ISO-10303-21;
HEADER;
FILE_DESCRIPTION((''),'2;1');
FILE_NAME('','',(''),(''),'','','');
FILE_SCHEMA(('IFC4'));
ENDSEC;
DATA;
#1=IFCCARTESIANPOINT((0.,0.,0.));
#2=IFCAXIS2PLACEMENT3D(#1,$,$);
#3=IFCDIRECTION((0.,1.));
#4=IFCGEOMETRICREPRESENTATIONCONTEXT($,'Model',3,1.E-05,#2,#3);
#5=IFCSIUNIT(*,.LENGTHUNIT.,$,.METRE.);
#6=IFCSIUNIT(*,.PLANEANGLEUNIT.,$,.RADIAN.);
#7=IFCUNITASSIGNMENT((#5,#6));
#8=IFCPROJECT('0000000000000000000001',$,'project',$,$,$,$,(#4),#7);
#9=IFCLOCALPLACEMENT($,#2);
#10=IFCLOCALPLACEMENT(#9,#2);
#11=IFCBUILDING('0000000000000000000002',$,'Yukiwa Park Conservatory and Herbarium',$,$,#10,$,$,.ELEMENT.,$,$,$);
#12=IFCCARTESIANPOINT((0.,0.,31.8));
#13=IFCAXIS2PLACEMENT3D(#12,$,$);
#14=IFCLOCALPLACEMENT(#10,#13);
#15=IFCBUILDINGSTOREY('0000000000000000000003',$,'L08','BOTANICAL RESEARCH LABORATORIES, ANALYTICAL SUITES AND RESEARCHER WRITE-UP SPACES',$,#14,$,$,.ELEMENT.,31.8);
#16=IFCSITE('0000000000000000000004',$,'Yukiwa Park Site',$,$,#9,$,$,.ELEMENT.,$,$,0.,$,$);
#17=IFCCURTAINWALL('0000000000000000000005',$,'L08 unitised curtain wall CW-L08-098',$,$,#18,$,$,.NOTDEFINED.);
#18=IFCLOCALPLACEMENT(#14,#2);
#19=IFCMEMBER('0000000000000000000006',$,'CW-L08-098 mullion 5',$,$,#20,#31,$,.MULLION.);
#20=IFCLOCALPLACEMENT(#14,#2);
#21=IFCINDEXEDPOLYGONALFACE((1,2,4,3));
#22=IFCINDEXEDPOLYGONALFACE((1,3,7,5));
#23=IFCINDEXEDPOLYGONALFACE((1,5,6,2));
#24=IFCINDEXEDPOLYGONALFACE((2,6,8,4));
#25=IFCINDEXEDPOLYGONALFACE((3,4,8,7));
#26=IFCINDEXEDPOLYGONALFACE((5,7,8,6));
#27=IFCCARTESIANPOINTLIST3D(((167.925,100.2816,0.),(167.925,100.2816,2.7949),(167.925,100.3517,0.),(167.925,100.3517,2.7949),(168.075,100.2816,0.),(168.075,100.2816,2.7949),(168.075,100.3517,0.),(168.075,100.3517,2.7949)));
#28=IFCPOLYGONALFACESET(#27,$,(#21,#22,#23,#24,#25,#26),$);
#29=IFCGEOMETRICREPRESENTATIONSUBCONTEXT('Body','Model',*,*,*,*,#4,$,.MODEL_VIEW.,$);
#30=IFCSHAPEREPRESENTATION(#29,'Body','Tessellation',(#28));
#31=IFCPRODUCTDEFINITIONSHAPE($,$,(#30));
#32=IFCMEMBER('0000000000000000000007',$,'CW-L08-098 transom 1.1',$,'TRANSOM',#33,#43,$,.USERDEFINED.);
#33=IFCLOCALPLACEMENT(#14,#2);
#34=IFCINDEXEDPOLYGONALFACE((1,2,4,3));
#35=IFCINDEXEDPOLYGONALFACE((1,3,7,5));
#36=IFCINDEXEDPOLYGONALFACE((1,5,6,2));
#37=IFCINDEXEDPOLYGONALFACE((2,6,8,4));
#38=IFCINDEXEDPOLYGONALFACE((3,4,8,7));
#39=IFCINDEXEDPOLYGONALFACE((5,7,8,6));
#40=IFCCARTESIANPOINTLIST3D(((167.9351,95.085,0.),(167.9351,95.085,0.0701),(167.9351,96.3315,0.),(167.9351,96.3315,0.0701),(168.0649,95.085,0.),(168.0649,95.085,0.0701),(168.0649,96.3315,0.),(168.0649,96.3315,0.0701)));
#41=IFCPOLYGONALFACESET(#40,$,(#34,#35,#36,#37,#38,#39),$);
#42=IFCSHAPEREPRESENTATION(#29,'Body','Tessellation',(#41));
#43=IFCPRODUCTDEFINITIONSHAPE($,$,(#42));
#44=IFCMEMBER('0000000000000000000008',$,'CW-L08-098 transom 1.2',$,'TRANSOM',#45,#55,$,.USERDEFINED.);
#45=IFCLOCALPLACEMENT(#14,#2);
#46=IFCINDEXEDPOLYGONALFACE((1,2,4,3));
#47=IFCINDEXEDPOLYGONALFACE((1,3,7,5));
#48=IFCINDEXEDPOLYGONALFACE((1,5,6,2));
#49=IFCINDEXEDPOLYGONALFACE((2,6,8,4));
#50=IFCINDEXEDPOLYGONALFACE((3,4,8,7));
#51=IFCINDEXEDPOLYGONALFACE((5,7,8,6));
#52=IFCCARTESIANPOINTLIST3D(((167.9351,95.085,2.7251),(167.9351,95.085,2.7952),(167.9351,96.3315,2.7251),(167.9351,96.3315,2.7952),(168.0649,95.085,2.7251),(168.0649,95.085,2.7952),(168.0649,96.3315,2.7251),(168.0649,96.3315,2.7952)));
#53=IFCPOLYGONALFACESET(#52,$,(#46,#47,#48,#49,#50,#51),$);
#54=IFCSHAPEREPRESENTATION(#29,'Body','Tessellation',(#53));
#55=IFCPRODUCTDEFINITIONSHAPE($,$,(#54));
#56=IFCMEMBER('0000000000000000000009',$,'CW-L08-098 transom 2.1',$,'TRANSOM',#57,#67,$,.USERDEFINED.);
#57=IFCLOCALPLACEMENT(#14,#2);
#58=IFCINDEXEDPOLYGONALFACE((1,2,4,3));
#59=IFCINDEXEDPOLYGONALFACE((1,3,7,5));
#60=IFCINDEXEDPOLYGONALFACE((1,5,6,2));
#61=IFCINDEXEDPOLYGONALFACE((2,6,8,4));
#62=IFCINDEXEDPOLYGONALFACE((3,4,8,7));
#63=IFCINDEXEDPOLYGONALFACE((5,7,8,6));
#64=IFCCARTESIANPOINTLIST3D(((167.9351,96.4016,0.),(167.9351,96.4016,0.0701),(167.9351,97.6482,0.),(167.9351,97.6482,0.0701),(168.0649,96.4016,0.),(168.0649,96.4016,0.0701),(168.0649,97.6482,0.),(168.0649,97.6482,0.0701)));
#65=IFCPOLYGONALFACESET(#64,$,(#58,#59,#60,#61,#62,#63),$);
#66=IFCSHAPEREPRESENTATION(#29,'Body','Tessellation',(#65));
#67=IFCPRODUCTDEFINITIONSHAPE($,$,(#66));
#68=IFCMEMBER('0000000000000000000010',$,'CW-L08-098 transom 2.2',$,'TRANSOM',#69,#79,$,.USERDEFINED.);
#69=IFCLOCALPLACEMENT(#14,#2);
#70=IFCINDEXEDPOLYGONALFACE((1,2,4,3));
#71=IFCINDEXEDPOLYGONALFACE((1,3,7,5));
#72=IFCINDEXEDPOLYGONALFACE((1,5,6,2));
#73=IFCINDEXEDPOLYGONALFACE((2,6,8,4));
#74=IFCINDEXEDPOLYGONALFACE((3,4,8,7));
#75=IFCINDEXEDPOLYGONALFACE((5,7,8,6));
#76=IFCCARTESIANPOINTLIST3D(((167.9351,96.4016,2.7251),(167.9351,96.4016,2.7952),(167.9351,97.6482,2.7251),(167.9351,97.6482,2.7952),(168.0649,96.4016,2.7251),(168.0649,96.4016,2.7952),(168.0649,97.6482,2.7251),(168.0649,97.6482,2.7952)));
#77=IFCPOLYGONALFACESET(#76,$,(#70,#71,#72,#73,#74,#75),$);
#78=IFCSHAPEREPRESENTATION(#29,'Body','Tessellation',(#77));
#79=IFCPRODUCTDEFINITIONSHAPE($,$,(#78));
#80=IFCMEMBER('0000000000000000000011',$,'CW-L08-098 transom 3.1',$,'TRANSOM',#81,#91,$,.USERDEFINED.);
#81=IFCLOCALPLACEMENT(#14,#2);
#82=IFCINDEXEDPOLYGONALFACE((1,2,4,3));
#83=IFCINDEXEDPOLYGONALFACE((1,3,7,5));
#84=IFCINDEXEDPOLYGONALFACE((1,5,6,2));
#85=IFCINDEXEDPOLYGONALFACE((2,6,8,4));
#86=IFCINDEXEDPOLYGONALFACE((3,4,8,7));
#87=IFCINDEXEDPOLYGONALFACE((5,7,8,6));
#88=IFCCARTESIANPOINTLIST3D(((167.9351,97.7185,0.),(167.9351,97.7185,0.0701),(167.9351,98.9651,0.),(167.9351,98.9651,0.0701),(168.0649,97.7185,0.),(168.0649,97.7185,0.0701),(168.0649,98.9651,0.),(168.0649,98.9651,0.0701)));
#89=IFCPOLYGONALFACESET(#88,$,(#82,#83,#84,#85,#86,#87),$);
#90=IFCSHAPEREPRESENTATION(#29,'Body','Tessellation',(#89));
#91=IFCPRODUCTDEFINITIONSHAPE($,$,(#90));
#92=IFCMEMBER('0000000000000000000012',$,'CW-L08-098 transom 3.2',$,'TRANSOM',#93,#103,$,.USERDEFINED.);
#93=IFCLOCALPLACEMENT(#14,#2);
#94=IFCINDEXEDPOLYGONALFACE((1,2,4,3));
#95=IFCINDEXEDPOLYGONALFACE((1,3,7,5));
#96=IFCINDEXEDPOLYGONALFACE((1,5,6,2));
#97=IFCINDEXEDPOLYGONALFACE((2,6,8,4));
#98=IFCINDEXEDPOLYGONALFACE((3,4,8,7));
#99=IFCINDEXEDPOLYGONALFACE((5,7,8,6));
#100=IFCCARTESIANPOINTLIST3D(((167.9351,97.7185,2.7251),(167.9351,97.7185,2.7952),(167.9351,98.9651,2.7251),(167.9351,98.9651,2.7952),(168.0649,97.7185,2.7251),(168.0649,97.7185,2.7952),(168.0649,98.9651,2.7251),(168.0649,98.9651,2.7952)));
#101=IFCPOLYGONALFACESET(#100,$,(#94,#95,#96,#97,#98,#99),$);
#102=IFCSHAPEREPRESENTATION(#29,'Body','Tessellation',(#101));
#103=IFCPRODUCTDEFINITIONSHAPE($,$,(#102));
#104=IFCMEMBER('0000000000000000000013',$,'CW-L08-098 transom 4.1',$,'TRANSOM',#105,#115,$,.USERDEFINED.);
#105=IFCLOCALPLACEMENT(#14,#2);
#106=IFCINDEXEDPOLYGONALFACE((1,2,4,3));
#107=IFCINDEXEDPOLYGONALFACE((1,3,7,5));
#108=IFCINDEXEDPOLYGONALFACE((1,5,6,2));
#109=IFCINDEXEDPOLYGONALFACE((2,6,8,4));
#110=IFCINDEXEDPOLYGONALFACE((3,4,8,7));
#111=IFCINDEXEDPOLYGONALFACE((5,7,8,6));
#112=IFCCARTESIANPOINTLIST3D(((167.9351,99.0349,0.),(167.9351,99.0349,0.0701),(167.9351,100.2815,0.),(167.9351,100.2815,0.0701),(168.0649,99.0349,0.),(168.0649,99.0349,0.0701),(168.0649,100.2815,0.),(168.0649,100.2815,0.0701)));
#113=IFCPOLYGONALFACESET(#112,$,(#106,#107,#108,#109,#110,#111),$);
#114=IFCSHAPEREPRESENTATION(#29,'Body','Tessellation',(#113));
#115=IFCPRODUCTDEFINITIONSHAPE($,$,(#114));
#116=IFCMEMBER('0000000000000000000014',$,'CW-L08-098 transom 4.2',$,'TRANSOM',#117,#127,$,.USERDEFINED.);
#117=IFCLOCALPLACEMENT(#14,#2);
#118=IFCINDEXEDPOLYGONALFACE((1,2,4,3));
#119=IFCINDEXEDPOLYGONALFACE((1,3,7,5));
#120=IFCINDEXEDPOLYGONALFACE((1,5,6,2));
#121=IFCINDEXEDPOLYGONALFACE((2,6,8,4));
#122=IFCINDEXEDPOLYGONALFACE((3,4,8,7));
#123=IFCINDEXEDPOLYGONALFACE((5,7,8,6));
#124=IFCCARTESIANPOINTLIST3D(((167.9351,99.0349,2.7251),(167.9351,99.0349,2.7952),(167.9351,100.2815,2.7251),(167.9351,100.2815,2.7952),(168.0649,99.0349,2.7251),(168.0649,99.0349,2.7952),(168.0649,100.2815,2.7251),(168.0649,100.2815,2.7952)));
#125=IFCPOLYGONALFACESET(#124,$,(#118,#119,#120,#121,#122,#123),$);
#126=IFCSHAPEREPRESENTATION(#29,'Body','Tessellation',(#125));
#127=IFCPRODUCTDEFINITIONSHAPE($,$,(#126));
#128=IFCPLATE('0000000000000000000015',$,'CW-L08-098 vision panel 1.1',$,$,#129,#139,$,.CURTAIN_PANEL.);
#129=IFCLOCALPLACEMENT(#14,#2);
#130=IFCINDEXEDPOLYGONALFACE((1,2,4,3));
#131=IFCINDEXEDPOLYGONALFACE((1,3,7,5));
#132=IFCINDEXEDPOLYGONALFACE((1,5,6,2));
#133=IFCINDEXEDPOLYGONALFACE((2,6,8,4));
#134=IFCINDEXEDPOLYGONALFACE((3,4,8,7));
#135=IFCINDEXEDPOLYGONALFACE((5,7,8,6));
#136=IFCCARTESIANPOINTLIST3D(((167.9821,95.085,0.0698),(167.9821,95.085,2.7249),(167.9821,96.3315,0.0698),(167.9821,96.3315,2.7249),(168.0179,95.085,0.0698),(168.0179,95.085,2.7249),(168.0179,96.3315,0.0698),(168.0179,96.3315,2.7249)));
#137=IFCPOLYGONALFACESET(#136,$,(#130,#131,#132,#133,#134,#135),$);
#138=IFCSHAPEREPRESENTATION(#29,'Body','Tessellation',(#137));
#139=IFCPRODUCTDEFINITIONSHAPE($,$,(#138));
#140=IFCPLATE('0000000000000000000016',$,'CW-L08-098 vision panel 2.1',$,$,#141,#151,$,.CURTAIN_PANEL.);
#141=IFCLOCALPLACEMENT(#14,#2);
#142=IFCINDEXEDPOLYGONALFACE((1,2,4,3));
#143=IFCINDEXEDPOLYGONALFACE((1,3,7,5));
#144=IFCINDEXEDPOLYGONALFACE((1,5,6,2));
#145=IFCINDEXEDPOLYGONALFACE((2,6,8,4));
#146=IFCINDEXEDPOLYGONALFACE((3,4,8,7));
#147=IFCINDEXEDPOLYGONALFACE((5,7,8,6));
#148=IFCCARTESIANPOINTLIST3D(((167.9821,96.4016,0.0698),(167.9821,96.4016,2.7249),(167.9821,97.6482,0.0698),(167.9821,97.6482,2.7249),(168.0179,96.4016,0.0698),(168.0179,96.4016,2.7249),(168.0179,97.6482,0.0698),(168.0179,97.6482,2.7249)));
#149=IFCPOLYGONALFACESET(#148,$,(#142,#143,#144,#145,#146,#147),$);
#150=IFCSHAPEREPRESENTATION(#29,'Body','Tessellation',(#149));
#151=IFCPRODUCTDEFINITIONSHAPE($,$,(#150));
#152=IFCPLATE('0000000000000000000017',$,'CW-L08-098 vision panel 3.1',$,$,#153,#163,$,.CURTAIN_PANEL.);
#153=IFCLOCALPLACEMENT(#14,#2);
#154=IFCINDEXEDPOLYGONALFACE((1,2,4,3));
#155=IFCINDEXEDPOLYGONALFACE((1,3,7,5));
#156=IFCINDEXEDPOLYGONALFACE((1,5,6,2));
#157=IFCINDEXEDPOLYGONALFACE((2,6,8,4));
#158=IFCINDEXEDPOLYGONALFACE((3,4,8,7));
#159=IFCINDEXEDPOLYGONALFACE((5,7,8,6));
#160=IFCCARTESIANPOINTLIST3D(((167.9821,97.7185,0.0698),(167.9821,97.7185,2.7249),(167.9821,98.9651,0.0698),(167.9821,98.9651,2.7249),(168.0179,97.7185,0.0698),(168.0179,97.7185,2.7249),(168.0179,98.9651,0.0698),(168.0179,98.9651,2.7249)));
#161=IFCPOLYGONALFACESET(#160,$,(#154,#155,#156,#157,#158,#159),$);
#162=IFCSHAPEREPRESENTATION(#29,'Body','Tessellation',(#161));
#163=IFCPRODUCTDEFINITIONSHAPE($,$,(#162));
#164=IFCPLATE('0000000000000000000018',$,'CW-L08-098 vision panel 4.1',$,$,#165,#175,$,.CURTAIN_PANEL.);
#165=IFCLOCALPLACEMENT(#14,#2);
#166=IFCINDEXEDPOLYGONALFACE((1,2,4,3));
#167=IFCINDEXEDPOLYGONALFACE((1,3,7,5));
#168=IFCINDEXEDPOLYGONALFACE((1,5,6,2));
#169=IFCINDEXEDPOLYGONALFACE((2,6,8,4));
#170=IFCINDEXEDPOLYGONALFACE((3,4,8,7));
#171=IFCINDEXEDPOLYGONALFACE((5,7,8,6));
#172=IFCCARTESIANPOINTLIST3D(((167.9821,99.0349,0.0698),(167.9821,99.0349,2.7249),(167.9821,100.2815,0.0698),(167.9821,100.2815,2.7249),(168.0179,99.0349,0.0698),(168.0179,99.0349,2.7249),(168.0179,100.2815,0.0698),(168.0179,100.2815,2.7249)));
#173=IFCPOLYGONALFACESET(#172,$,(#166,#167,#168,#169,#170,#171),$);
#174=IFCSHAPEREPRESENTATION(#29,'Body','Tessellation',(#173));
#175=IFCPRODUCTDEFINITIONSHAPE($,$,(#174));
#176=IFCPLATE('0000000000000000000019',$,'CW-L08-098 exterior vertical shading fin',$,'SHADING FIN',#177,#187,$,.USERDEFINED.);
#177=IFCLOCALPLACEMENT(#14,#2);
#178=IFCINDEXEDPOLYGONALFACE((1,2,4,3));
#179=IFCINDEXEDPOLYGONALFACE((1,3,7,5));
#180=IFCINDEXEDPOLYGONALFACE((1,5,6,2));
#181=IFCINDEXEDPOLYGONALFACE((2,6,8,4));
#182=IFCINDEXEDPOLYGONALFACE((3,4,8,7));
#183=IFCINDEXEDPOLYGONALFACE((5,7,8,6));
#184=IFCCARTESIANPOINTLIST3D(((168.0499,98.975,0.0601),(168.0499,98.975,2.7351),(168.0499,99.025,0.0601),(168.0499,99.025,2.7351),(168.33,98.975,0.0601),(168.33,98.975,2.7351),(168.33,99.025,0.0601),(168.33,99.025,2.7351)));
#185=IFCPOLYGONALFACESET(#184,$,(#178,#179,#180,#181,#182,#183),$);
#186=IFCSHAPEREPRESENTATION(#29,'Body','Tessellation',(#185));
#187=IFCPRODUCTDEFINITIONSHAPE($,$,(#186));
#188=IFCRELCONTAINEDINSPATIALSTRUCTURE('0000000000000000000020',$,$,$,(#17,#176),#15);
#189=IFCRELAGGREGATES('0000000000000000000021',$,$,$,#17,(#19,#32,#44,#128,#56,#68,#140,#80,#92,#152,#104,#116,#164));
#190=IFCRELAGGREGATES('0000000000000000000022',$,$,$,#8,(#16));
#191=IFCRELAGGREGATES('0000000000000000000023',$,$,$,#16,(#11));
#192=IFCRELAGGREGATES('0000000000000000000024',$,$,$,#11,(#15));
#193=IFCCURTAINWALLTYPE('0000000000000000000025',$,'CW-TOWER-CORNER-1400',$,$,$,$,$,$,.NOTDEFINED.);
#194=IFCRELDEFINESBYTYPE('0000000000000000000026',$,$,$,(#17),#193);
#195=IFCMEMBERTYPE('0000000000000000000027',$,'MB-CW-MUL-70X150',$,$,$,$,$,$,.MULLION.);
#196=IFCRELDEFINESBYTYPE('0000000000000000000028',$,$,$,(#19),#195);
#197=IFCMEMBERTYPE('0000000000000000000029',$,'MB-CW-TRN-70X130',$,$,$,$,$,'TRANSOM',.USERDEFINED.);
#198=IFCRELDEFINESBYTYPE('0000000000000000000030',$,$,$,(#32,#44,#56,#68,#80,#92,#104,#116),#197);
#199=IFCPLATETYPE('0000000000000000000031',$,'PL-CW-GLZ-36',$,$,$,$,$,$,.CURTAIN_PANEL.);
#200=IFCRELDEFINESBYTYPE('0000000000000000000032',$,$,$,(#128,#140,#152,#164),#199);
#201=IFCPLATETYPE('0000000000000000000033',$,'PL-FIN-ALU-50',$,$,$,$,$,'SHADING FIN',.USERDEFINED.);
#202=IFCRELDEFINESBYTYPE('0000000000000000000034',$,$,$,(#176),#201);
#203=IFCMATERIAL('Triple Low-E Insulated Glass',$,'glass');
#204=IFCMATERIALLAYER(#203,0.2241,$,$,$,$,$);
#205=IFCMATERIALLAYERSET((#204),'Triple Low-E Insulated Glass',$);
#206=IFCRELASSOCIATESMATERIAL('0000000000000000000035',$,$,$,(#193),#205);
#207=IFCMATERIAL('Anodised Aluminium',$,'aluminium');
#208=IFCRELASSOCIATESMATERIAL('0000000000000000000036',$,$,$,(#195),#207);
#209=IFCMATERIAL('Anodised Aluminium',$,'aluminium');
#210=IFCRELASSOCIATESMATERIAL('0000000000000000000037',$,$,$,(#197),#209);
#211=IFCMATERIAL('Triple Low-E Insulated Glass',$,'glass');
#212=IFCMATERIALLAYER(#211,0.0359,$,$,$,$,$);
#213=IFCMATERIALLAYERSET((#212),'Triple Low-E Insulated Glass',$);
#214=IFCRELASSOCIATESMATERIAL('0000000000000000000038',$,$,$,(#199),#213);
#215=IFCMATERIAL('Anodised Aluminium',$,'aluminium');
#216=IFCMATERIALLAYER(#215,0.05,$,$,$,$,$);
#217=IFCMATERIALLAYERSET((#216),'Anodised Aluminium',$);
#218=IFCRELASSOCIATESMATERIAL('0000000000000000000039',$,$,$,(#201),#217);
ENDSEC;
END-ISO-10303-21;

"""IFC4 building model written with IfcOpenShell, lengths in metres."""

from ifc_helpers import new_model, si_unit, direction, frame, origin, origin_2d, place, context, subcontext, project, spatial, rectangle, extrude, material, layer, layer_set, type_object, element, aggregate, save


model = new_model("IFC4")

# Units and contexts
model_context = context("Model", 3, precision=1e-05, world=origin(), true_north=direction((0.0, 1.0)))
body_context = subcontext(model_context, "Body", "Model", "MODEL_VIEW")
ifc_project = project(units=[si_unit("LENGTHUNIT", "METRE"), si_unit("PLANEANGLEUNIT", "RADIAN")], contexts=[model_context])

# Site, building, storey
site_placement = place(None, origin())
site = spatial("IfcSite", under=ifc_project, at=site_placement, Name="Yukiwa Park Site", CompositionType="ELEMENT", RefElevation=0.0)
building_placement = place(site_placement, origin())
building = spatial("IfcBuilding", under=site, at=building_placement, Name="Yukiwa Park Conservatory and Herbarium", CompositionType="ELEMENT")
storey_placement = place(building_placement, frame((0.0, 0.0, 31.8)))
storey = spatial("IfcBuildingStorey", under=building, at=storey_placement, Name="L08", Description="BOTANICAL RESEARCH LABORATORIES, ANALYTICAL SUITES AND RESEARCHER WRITE-UP SPACES", CompositionType="ELEMENT", Elevation=31.8)

# Curtain wall, members, plates
ifc_material_1 = material(Name="Triple Low-E Insulated Glass", Category="glass")
ifc_layer_1 = layer(ifc_material_1, 0.2241)
ifc_layer_set_1 = layer_set([ifc_layer_1], Name="Triple Low-E Insulated Glass")
curtain_wall_type = type_object("IfcCurtainWallType", Name="CW-TOWER-CORNER-1400", PredefinedType="NOTDEFINED", material=ifc_layer_set_1)
curtain_wall_placement = place(storey_placement, origin())
curtain_wall = element("IfcCurtainWall", 1, at=curtain_wall_placement, inside=storey, type_object=curtain_wall_type, Name="L08 unitised curtain wall CW-L08-098", PredefinedType="NOTDEFINED")
ifc_material_2 = material(Name="Anodised Aluminium", Category="aluminium")
member_type_1 = type_object("IfcMemberType", Name="MB-CW-MUL-70X150", PredefinedType="MULLION", material=ifc_material_2)
member_1_placement = place(storey_placement, frame((168.0, 100.3167, 0.0), z_axis=(0.0, 0.0, 1.0), x_axis=(0.0, 1.0, 0.0)))
member_1 = element("IfcMember", 2, at=member_1_placement, type_object=member_type_1, Name="CW-L08-098 mullion 5", PredefinedType="MULLION", context=body_context, shape_type="SweptSolid", body=[
    extrude(rectangle(XDim=0.0701, YDim=0.1499, at=origin_2d()), origin(), (0.0, 0.0, 1.0), 2.7949),
])
ifc_material_3 = material(Name="Anodised Aluminium", Category="aluminium")
member_type_2 = type_object("IfcMemberType", Name="MB-CW-TRN-70X130", ElementType="TRANSOM", PredefinedType="USERDEFINED", material=ifc_material_3)
member_2_placement = place(storey_placement, frame((168.0, 95.7083, 0.0), z_axis=(0.0, 0.0, 1.0), x_axis=(0.0, 1.0, 0.0)))
member_2 = element("IfcMember", 3, at=member_2_placement, type_object=member_type_2, Name="CW-L08-098 transom 1.1", ObjectType="TRANSOM", PredefinedType="USERDEFINED", context=body_context, shape_type="SweptSolid", body=[
    extrude(rectangle(XDim=1.2466, YDim=0.1299, at=origin_2d()), origin(), (0.0, 0.0, 1.0), 0.0701),
])
member_3_placement = place(storey_placement, frame((168.0, 95.7083, 2.7251), z_axis=(0.0, 0.0, 1.0), x_axis=(0.0, 1.0, 0.0)))
member_3 = element("IfcMember", 4, at=member_3_placement, type_object=member_type_2, Name="CW-L08-098 transom 1.2", ObjectType="TRANSOM", PredefinedType="USERDEFINED", context=body_context, shape_type="SweptSolid", body=[
    extrude(rectangle(XDim=1.2466, YDim=0.1299, at=origin_2d()), origin(), (0.0, 0.0, 1.0), 0.0701),
])
member_4_placement = place(storey_placement, frame((168.0, 97.0249, 0.0), z_axis=(0.0, 0.0, 1.0), x_axis=(0.0, 1.0, 0.0)))
member_4 = element("IfcMember", 5, at=member_4_placement, type_object=member_type_2, Name="CW-L08-098 transom 2.1", ObjectType="TRANSOM", PredefinedType="USERDEFINED", context=body_context, shape_type="SweptSolid", body=[
    extrude(rectangle(XDim=1.2466, YDim=0.1299, at=origin_2d()), origin(), (0.0, 0.0, 1.0), 0.0701),
])
member_5_placement = place(storey_placement, frame((168.0, 97.0249, 2.7251), z_axis=(0.0, 0.0, 1.0), x_axis=(0.0, 1.0, 0.0)))
member_5 = element("IfcMember", 6, at=member_5_placement, type_object=member_type_2, Name="CW-L08-098 transom 2.2", ObjectType="TRANSOM", PredefinedType="USERDEFINED", context=body_context, shape_type="SweptSolid", body=[
    extrude(rectangle(XDim=1.2466, YDim=0.1299, at=origin_2d()), origin(), (0.0, 0.0, 1.0), 0.0701),
])
member_6_placement = place(storey_placement, frame((168.0, 98.3418, 0.0), z_axis=(0.0, 0.0, 1.0), x_axis=(0.0, 1.0, 0.0)))
member_6 = element("IfcMember", 7, at=member_6_placement, type_object=member_type_2, Name="CW-L08-098 transom 3.1", ObjectType="TRANSOM", PredefinedType="USERDEFINED", context=body_context, shape_type="SweptSolid", body=[
    extrude(rectangle(XDim=1.2466, YDim=0.1299, at=origin_2d()), origin(), (0.0, 0.0, 1.0), 0.0701),
])
member_7_placement = place(storey_placement, frame((168.0, 98.3418, 2.7251), z_axis=(0.0, 0.0, 1.0), x_axis=(0.0, 1.0, 0.0)))
member_7 = element("IfcMember", 8, at=member_7_placement, type_object=member_type_2, Name="CW-L08-098 transom 3.2", ObjectType="TRANSOM", PredefinedType="USERDEFINED", context=body_context, shape_type="SweptSolid", body=[
    extrude(rectangle(XDim=1.2466, YDim=0.1299, at=origin_2d()), origin(), (0.0, 0.0, 1.0), 0.0701),
])
member_8_placement = place(storey_placement, frame((168.0, 99.6582, 0.0), z_axis=(0.0, 0.0, 1.0), x_axis=(0.0, 1.0, 0.0)))
member_8 = element("IfcMember", 9, at=member_8_placement, type_object=member_type_2, Name="CW-L08-098 transom 4.1", ObjectType="TRANSOM", PredefinedType="USERDEFINED", context=body_context, shape_type="SweptSolid", body=[
    extrude(rectangle(XDim=1.2466, YDim=0.1299, at=origin_2d()), origin(), (0.0, 0.0, 1.0), 0.0701),
])
member_9_placement = place(storey_placement, frame((168.0, 99.6582, 2.7251), z_axis=(0.0, 0.0, 1.0), x_axis=(0.0, 1.0, 0.0)))
member_9 = element("IfcMember", 10, at=member_9_placement, type_object=member_type_2, Name="CW-L08-098 transom 4.2", ObjectType="TRANSOM", PredefinedType="USERDEFINED", context=body_context, shape_type="SweptSolid", body=[
    extrude(rectangle(XDim=1.2466, YDim=0.1299, at=origin_2d()), origin(), (0.0, 0.0, 1.0), 0.0701),
])
ifc_material_4 = material(Name="Triple Low-E Insulated Glass", Category="glass")
ifc_layer_2 = layer(ifc_material_4, 0.0359)
ifc_layer_set_2 = layer_set([ifc_layer_2], Name="Triple Low-E Insulated Glass")
plate_type_1 = type_object("IfcPlateType", Name="PL-CW-GLZ-36", PredefinedType="CURTAIN_PANEL", material=ifc_layer_set_2)
plate_1_placement = place(storey_placement, frame((168.0, 95.7083, 0.0698), z_axis=(0.0, 0.0, 1.0), x_axis=(0.0, 1.0, 0.0)))
plate_1 = element("IfcPlate", 11, at=plate_1_placement, type_object=plate_type_1, Name="CW-L08-098 vision panel 1.1", PredefinedType="CURTAIN_PANEL", context=body_context, shape_type="SweptSolid", body=[
    extrude(rectangle(XDim=1.2466, YDim=0.0359, at=origin_2d()), origin(), (0.0, 0.0, 1.0), 2.655),
])
plate_2_placement = place(storey_placement, frame((168.0, 97.0249, 0.0698), z_axis=(0.0, 0.0, 1.0), x_axis=(0.0, 1.0, 0.0)))
plate_2 = element("IfcPlate", 12, at=plate_2_placement, type_object=plate_type_1, Name="CW-L08-098 vision panel 2.1", PredefinedType="CURTAIN_PANEL", context=body_context, shape_type="SweptSolid", body=[
    extrude(rectangle(XDim=1.2466, YDim=0.0359, at=origin_2d()), origin(), (0.0, 0.0, 1.0), 2.655),
])
plate_3_placement = place(storey_placement, frame((168.0, 98.3418, 0.0698), z_axis=(0.0, 0.0, 1.0), x_axis=(0.0, 1.0, 0.0)))
plate_3 = element("IfcPlate", 13, at=plate_3_placement, type_object=plate_type_1, Name="CW-L08-098 vision panel 3.1", PredefinedType="CURTAIN_PANEL", context=body_context, shape_type="SweptSolid", body=[
    extrude(rectangle(XDim=1.2466, YDim=0.0359, at=origin_2d()), origin(), (0.0, 0.0, 1.0), 2.655),
])
plate_4_placement = place(storey_placement, frame((168.0, 99.6582, 0.0698), z_axis=(0.0, 0.0, 1.0), x_axis=(0.0, 1.0, 0.0)))
plate_4 = element("IfcPlate", 14, at=plate_4_placement, type_object=plate_type_1, Name="CW-L08-098 vision panel 4.1", PredefinedType="CURTAIN_PANEL", context=body_context, shape_type="SweptSolid", body=[
    extrude(rectangle(XDim=1.2466, YDim=0.0359, at=origin_2d()), origin(), (0.0, 0.0, 1.0), 2.655),
])
aggregate(curtain_wall, [member_1, member_2, member_3, plate_1, member_4, member_5, plate_2, member_6, member_7, plate_3, member_8, member_9, plate_4])

# Plate
ifc_material_5 = material(Name="Anodised Aluminium", Category="aluminium")
ifc_layer_3 = layer(ifc_material_5, 0.05)
ifc_layer_set_3 = layer_set([ifc_layer_3], Name="Anodised Aluminium")
plate_type_2 = type_object("IfcPlateType", Name="PL-FIN-ALU-50", ElementType="SHADING FIN", PredefinedType="USERDEFINED", material=ifc_layer_set_3)
plate_5_placement = place(storey_placement, frame((168.1899, 99.0, 0.0601), z_axis=(0.0, 0.0, 1.0), x_axis=(0.0, 1.0, 0.0)))
element("IfcPlate", 15, at=plate_5_placement, inside=storey, type_object=plate_type_2, Name="CW-L08-098 exterior vertical shading fin", ObjectType="SHADING FIN", PredefinedType="USERDEFINED", context=body_context, shape_type="SweptSolid", body=[
    extrude(rectangle(XDim=0.05, YDim=0.28, at=origin_2d()), origin(), (0.0, 0.0, 1.0), 2.675),
])

save(model, "model.ifc")
